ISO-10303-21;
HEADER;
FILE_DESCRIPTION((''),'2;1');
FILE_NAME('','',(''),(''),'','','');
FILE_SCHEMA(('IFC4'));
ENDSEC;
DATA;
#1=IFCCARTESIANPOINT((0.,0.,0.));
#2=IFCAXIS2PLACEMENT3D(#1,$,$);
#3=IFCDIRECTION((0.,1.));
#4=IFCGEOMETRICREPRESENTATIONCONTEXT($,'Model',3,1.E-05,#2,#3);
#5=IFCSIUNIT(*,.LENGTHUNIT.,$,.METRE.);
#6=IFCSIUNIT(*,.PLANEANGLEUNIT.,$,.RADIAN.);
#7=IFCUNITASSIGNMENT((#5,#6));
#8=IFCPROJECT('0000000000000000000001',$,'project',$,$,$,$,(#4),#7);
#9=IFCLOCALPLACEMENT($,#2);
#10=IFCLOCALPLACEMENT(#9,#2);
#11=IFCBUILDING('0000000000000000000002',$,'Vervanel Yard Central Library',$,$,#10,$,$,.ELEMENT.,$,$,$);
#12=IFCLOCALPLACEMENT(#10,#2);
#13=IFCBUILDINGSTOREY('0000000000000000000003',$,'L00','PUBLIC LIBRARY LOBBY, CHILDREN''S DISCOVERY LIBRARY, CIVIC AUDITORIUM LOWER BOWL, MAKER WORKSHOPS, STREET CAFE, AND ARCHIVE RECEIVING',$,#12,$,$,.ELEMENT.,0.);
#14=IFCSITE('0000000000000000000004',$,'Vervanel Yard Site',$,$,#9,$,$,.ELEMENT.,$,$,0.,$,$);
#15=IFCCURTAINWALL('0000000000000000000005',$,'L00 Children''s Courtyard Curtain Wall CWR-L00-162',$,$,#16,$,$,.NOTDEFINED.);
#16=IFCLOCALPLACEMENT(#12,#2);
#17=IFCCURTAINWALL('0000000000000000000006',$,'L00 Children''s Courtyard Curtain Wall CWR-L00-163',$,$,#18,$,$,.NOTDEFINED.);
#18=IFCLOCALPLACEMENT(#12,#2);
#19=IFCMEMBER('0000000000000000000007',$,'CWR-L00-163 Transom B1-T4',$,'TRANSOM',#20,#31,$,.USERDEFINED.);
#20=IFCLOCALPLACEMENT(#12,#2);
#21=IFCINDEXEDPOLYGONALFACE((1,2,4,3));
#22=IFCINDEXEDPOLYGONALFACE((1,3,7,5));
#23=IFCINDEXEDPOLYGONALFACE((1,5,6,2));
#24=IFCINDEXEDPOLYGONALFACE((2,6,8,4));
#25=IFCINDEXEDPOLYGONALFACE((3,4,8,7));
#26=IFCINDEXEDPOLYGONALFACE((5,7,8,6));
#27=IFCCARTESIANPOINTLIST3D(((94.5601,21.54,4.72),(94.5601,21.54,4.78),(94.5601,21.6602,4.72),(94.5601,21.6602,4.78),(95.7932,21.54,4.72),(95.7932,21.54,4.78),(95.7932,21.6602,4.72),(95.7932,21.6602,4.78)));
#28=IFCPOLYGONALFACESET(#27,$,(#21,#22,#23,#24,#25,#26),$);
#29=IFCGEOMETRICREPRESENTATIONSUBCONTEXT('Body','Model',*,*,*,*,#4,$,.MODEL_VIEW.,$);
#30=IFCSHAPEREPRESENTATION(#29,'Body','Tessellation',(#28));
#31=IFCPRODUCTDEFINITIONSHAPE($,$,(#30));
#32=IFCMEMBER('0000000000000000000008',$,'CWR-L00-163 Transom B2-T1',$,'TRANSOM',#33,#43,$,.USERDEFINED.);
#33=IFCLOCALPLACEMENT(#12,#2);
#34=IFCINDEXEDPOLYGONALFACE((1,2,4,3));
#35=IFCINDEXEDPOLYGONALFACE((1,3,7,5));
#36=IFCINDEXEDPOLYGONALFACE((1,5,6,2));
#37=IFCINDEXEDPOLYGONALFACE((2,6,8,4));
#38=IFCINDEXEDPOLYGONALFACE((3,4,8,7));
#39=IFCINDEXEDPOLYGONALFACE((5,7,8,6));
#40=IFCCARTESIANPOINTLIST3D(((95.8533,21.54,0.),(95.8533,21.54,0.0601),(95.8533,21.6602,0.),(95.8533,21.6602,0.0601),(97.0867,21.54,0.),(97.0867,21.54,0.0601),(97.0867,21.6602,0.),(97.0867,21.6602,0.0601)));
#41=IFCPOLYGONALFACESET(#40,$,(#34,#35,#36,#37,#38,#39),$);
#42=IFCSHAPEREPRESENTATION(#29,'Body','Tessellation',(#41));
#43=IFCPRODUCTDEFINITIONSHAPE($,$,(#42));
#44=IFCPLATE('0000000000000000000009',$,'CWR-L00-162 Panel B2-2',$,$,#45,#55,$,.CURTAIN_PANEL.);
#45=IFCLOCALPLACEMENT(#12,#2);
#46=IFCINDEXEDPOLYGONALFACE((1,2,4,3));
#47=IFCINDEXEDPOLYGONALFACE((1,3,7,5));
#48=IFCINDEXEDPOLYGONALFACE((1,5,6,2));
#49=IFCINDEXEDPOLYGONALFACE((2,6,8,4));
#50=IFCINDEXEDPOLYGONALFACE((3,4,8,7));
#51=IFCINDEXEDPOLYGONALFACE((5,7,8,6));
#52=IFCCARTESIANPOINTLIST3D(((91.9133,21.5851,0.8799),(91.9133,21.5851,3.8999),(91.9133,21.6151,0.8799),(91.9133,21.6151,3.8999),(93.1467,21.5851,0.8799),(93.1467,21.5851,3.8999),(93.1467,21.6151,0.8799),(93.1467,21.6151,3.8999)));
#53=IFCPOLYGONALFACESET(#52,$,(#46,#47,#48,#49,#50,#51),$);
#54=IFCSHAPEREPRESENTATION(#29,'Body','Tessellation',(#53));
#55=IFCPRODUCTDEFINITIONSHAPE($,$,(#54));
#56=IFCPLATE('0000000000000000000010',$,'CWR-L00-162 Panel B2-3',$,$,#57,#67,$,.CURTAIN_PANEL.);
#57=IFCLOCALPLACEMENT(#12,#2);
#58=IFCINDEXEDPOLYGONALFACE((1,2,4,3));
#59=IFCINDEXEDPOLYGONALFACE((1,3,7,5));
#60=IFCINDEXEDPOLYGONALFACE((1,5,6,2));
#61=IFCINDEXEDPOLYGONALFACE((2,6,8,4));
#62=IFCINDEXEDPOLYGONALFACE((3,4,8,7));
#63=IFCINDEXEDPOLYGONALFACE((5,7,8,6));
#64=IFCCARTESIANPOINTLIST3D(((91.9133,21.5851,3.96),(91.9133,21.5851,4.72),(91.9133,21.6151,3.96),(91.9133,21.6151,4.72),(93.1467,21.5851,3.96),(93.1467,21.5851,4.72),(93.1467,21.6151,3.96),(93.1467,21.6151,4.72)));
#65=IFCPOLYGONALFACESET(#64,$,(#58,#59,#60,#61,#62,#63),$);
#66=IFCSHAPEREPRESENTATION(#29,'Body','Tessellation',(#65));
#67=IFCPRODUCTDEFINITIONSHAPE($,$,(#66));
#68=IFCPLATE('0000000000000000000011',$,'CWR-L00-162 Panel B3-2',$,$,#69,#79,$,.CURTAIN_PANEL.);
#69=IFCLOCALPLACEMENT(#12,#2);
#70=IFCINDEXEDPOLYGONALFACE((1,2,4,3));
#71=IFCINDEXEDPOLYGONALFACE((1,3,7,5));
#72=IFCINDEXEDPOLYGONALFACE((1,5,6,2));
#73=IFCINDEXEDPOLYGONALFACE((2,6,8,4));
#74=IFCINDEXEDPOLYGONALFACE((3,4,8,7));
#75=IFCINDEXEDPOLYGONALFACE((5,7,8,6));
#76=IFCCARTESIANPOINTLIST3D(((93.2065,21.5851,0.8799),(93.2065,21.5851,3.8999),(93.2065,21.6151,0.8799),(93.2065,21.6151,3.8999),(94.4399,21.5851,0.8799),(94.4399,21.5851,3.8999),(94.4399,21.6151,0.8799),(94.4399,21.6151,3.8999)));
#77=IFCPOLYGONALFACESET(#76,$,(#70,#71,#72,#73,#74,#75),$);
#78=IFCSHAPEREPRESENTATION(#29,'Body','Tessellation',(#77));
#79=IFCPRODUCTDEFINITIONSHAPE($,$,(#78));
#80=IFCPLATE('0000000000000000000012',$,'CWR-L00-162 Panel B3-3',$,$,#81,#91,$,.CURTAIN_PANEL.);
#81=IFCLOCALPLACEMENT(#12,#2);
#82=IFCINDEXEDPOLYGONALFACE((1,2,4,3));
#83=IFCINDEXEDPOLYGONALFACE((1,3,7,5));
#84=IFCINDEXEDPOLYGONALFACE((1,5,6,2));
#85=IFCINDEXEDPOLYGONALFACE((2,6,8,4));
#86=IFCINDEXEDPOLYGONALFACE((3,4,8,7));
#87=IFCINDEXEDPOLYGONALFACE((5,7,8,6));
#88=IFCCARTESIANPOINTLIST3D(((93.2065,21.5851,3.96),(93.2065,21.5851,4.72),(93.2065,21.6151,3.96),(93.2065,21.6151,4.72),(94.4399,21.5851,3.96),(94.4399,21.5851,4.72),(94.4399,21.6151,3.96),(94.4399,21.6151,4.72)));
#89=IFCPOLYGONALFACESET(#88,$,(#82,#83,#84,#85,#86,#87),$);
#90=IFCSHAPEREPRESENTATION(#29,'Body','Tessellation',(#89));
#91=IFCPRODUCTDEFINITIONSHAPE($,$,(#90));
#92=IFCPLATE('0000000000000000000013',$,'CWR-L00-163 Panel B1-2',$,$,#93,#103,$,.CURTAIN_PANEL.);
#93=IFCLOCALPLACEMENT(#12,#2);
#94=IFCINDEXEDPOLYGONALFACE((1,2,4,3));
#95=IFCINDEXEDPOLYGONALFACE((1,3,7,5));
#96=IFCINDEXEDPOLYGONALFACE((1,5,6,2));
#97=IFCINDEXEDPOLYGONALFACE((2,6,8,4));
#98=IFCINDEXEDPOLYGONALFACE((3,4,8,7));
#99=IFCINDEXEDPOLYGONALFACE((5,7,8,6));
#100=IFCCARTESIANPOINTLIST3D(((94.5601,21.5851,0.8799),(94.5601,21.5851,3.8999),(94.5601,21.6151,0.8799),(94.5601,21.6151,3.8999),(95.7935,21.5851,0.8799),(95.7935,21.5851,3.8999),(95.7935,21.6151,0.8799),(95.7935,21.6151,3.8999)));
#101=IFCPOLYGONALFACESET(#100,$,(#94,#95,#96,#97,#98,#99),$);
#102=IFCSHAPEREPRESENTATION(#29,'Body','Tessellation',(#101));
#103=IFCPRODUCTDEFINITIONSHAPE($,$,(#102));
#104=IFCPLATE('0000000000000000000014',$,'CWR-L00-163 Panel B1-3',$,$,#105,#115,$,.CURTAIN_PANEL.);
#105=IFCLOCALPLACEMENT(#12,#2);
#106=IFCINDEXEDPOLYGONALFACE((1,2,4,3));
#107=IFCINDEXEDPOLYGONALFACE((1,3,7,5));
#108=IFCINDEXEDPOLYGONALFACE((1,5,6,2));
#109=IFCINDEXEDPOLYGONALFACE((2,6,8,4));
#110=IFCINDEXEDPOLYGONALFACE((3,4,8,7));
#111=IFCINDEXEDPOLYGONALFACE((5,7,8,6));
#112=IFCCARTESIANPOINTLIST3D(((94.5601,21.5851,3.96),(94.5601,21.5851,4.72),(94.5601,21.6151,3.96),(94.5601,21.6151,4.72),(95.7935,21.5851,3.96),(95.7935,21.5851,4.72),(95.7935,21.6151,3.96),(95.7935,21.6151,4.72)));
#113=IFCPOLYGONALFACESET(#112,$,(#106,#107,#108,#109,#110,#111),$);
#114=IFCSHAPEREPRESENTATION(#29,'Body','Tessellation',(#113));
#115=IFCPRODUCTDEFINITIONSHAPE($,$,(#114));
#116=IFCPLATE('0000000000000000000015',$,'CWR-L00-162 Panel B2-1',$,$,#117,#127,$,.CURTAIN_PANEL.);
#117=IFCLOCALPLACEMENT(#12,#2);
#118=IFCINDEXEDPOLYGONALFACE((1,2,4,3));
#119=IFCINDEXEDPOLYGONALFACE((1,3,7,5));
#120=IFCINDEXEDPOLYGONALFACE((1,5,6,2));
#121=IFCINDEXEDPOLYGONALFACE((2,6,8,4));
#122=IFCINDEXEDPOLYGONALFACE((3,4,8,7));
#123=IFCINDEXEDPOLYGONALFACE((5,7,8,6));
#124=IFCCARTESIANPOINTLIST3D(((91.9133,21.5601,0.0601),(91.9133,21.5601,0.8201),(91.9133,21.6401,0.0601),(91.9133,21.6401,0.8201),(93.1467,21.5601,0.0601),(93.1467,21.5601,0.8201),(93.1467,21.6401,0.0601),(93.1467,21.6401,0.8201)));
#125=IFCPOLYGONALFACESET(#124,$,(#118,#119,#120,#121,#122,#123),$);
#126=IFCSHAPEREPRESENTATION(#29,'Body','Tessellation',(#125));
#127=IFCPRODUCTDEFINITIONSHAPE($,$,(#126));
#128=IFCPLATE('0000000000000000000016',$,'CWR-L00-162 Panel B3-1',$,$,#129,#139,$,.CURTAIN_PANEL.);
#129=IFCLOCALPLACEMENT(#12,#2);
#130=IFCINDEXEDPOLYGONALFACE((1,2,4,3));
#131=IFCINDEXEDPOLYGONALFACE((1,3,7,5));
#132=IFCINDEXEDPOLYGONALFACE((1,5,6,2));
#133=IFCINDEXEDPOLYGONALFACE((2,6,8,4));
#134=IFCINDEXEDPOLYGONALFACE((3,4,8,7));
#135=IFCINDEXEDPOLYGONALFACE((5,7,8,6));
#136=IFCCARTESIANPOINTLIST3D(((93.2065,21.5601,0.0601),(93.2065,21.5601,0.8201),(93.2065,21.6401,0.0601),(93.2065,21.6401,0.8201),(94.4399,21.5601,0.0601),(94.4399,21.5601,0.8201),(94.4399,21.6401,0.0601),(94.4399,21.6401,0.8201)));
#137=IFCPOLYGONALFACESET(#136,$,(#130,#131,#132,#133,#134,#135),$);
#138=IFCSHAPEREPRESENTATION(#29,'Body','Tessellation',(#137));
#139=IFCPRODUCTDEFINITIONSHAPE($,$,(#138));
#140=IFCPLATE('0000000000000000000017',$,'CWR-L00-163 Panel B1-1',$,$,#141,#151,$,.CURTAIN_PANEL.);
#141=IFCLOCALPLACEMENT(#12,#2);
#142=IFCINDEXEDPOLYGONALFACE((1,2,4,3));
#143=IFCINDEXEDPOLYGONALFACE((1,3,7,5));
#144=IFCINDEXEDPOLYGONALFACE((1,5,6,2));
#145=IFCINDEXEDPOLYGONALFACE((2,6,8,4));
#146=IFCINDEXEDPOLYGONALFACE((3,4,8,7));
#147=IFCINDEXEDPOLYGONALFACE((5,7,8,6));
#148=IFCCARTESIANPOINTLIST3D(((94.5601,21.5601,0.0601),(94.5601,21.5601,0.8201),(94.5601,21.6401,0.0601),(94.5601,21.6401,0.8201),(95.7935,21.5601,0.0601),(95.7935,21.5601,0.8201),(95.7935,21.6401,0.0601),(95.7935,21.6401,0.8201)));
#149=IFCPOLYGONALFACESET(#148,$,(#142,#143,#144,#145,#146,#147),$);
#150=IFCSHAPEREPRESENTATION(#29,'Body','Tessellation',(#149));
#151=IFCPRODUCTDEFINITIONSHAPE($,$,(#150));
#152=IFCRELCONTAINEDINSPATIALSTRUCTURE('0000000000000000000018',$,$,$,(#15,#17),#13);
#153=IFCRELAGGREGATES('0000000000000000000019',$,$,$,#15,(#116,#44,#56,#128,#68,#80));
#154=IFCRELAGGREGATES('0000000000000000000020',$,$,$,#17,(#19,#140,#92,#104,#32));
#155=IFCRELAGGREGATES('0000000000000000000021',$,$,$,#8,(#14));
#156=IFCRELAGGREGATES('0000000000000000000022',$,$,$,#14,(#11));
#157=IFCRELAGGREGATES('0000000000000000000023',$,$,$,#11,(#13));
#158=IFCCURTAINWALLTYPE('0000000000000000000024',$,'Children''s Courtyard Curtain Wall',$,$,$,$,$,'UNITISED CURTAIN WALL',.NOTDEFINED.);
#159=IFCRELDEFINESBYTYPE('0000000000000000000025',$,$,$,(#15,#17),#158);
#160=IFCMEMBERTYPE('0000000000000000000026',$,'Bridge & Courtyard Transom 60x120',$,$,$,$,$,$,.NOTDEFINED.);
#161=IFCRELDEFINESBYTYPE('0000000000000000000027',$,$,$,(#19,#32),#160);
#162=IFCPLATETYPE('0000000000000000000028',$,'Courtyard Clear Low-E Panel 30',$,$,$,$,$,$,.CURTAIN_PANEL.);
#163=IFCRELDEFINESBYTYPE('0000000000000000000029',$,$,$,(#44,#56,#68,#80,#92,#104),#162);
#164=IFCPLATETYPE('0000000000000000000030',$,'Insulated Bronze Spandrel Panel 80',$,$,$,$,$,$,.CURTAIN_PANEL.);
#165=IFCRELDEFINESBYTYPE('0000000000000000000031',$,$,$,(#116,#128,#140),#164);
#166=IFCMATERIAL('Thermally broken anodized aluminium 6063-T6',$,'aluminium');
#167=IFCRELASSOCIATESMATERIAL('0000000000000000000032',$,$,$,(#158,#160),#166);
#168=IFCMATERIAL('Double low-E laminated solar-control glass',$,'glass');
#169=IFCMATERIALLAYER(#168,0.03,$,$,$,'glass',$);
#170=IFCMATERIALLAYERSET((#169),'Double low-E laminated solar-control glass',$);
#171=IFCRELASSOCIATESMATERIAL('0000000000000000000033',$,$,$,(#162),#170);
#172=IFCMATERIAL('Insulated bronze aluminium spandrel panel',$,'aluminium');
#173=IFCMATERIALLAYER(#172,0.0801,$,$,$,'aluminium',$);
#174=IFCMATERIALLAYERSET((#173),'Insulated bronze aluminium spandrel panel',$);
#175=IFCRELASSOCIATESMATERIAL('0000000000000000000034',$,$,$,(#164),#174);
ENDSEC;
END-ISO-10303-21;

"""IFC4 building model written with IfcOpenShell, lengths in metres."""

from ifc_helpers import new_model, si_unit, direction, frame, origin, origin_2d, place, context, subcontext, project, spatial, rectangle, extrude, material, layer, layer_set, material_profile, profile_set, type_object, element, aggregate, save


model = new_model("IFC4")

# Units and contexts
model_context = context("Model", 3, precision=1e-05, world=origin(), true_north=direction((0.0, 1.0)))
body_context = subcontext(model_context, "Body", "Model", "MODEL_VIEW")
ifc_project = project(units=[si_unit("LENGTHUNIT", "METRE"), si_unit("PLANEANGLEUNIT", "RADIAN")], contexts=[model_context])

# Site, building, storey
site_placement = place(None, origin())
site = spatial("IfcSite", under=ifc_project, at=site_placement, Name="Vervanel Yard Site", CompositionType="ELEMENT", RefElevation=0.0)
building_placement = place(site_placement, origin())
building = spatial("IfcBuilding", under=site, at=building_placement, Name="Vervanel Yard Central Library", CompositionType="ELEMENT")
storey_placement = place(building_placement, origin())
storey = spatial("IfcBuildingStorey", under=building, at=storey_placement, Name="L00", Description="PUBLIC LIBRARY LOBBY, CHILDREN'S DISCOVERY LIBRARY, CIVIC AUDITORIUM LOWER BOWL, MAKER WORKSHOPS, STREET CAFE, AND ARCHIVE RECEIVING", CompositionType="ELEMENT", Elevation=0.0)

# Curtain walls
ifc_material_1 = material(Name="Thermally broken anodized aluminium 6063-T6", Category="aluminium")
curtain_wall_type = type_object("IfcCurtainWallType", Name="Children's Courtyard Curtain Wall", ElementType="UNITISED CURTAIN WALL", PredefinedType="NOTDEFINED", material=ifc_material_1)
curtain_wall_1_placement = place(storey_placement, origin())
curtain_wall_1 = element("IfcCurtainWall", 1, at=curtain_wall_1_placement, inside=storey, type_object=curtain_wall_type, Name="L00 Children's Courtyard Curtain Wall CWR-L00-162", PredefinedType="NOTDEFINED")
curtain_wall_2_placement = place(storey_placement, origin())
curtain_wall_2 = element("IfcCurtainWall", 2, at=curtain_wall_2_placement, inside=storey, type_object=curtain_wall_type, Name="L00 Children's Courtyard Curtain Wall CWR-L00-163", PredefinedType="NOTDEFINED")

# Members
ifc_material_profile_1 = material_profile(ifc_material_1, rectangle(XDim=0.0601, YDim=0.1201, at=origin_2d()), Name="ALU 60x120", Category="aluminium")
ifc_profile_set_1 = profile_set([ifc_material_profile_1], Name="Thermally broken anodized aluminium 6063-T6")
member_type_1 = type_object("IfcMemberType", Name="Bridge & Courtyard Transom 60x120", PredefinedType="NOTDEFINED", material=ifc_profile_set_1)
member_1_placement = place(storey_placement, frame((94.5601, 21.6001, 4.75), z_axis=(1.0, 0.0, 0.0), x_axis=(0.0, 0.0, 1.0)))
member_1 = element("IfcMember", 3, at=member_1_placement, type_object=member_type_1, Name="CWR-L00-163 Transom B1-T4", ObjectType="TRANSOM", PredefinedType="USERDEFINED", context=body_context, shape_type="SweptSolid", body=[
    extrude(rectangle(XDim=0.0601, YDim=0.1201, at=origin_2d()), origin(), (0.0, 0.0, 1.0), 1.2332),
])
member_2_placement = place(storey_placement, frame((95.8533, 21.6001, 0.03), z_axis=(1.0, 0.0, 0.0), x_axis=(0.0, 0.0, 1.0)))
member_2 = element("IfcMember", 4, at=member_2_placement, type_object=member_type_1, Name="CWR-L00-163 Transom B2-T1", ObjectType="TRANSOM", PredefinedType="USERDEFINED", context=body_context, shape_type="SweptSolid", body=[
    extrude(rectangle(XDim=0.0601, YDim=0.1201, at=origin_2d()), origin(), (0.0, 0.0, 1.0), 1.2334),
])

# Plates
ifc_material_2 = material(Name="Double low-E laminated solar-control glass", Category="glass")
ifc_layer_1 = layer(ifc_material_2, 0.03, Category="glass")
ifc_layer_set_1 = layer_set([ifc_layer_1], Name="Double low-E laminated solar-control glass")
plate_type_1 = type_object("IfcPlateType", Name="Courtyard Clear Low-E Panel 30", PredefinedType="CURTAIN_PANEL", material=ifc_layer_set_1)
plate_1_placement = place(storey_placement, frame((92.53, 21.6001, 0.8799), z_axis=(0.0, 0.0, 1.0), x_axis=(1.0, 0.0, 0.0)))
plate_1 = element("IfcPlate", 5, at=plate_1_placement, type_object=plate_type_1, Name="CWR-L00-162 Panel B2-2", PredefinedType="CURTAIN_PANEL", context=body_context, shape_type="SweptSolid", body=[
    extrude(rectangle(XDim=1.2334, YDim=0.03, at=origin_2d()), origin(), (0.0, 0.0, 1.0), 3.02),
])
plate_2_placement = place(storey_placement, frame((92.53, 21.6001, 3.96), z_axis=(0.0, 0.0, 1.0), x_axis=(1.0, 0.0, 0.0)))
plate_2 = element("IfcPlate", 6, at=plate_2_placement, type_object=plate_type_1, Name="CWR-L00-162 Panel B2-3", PredefinedType="CURTAIN_PANEL", context=body_context, shape_type="SweptSolid", body=[
    extrude(rectangle(XDim=1.2334, YDim=0.03, at=origin_2d()), origin(), (0.0, 0.0, 1.0), 0.76),
])
plate_3_placement = place(storey_placement, frame((93.8232, 21.6001, 0.8799), z_axis=(0.0, 0.0, 1.0), x_axis=(1.0, 0.0, 0.0)))
plate_3 = element("IfcPlate", 7, at=plate_3_placement, type_object=plate_type_1, Name="CWR-L00-162 Panel B3-2", PredefinedType="CURTAIN_PANEL", context=body_context, shape_type="SweptSolid", body=[
    extrude(rectangle(XDim=1.2334, YDim=0.03, at=origin_2d()), origin(), (0.0, 0.0, 1.0), 3.02),
])
plate_4_placement = place(storey_placement, frame((93.8232, 21.6001, 3.96), z_axis=(0.0, 0.0, 1.0), x_axis=(1.0, 0.0, 0.0)))
plate_4 = element("IfcPlate", 8, at=plate_4_placement, type_object=plate_type_1, Name="CWR-L00-162 Panel B3-3", PredefinedType="CURTAIN_PANEL", context=body_context, shape_type="SweptSolid", body=[
    extrude(rectangle(XDim=1.2334, YDim=0.03, at=origin_2d()), origin(), (0.0, 0.0, 1.0), 0.76),
])
plate_5_placement = place(storey_placement, frame((95.1768, 21.6001, 0.8799), z_axis=(0.0, 0.0, 1.0), x_axis=(1.0, 0.0, 0.0)))
plate_5 = element("IfcPlate", 9, at=plate_5_placement, type_object=plate_type_1, Name="CWR-L00-163 Panel B1-2", PredefinedType="CURTAIN_PANEL", context=body_context, shape_type="SweptSolid", body=[
    extrude(rectangle(XDim=1.2334, YDim=0.03, at=origin_2d()), origin(), (0.0, 0.0, 1.0), 3.02),
])
plate_6_placement = place(storey_placement, frame((95.1768, 21.6001, 3.96), z_axis=(0.0, 0.0, 1.0), x_axis=(1.0, 0.0, 0.0)))
plate_6 = element("IfcPlate", 10, at=plate_6_placement, type_object=plate_type_1, Name="CWR-L00-163 Panel B1-3", PredefinedType="CURTAIN_PANEL", context=body_context, shape_type="SweptSolid", body=[
    extrude(rectangle(XDim=1.2334, YDim=0.03, at=origin_2d()), origin(), (0.0, 0.0, 1.0), 0.76),
])
ifc_material_3 = material(Name="Insulated bronze aluminium spandrel panel", Category="aluminium")
ifc_layer_2 = layer(ifc_material_3, 0.0801, Category="aluminium")
ifc_layer_set_2 = layer_set([ifc_layer_2], Name="Insulated bronze aluminium spandrel panel")
plate_type_2 = type_object("IfcPlateType", Name="Insulated Bronze Spandrel Panel 80", PredefinedType="CURTAIN_PANEL", material=ifc_layer_set_2)
plate_7_placement = place(storey_placement, frame((92.53, 21.6001, 0.0601), z_axis=(0.0, 0.0, 1.0), x_axis=(1.0, 0.0, 0.0)))
plate_7 = element("IfcPlate", 11, at=plate_7_placement, type_object=plate_type_2, Name="CWR-L00-162 Panel B2-1", PredefinedType="CURTAIN_PANEL", context=body_context, shape_type="SweptSolid", body=[
    extrude(rectangle(XDim=1.2334, YDim=0.0801, at=origin_2d()), origin(), (0.0, 0.0, 1.0), 0.76),
])
plate_8_placement = place(storey_placement, frame((93.8232, 21.6001, 0.0601), z_axis=(0.0, 0.0, 1.0), x_axis=(1.0, 0.0, 0.0)))
plate_8 = element("IfcPlate", 12, at=plate_8_placement, type_object=plate_type_2, Name="CWR-L00-162 Panel B3-1", PredefinedType="CURTAIN_PANEL", context=body_context, shape_type="SweptSolid", body=[
    extrude(rectangle(XDim=1.2334, YDim=0.0801, at=origin_2d()), origin(), (0.0, 0.0, 1.0), 0.76),
])
aggregate(curtain_wall_1, [plate_7, plate_1, plate_2, plate_8, plate_3, plate_4])
plate_9_placement = place(storey_placement, frame((95.1768, 21.6001, 0.0601), z_axis=(0.0, 0.0, 1.0), x_axis=(1.0, 0.0, 0.0)))
plate_9 = element("IfcPlate", 13, at=plate_9_placement, type_object=plate_type_2, Name="CWR-L00-163 Panel B1-1", PredefinedType="CURTAIN_PANEL", context=body_context, shape_type="SweptSolid", body=[
    extrude(rectangle(XDim=1.2334, YDim=0.0801, at=origin_2d()), origin(), (0.0, 0.0, 1.0), 0.76),
])
aggregate(curtain_wall_2, [member_1, plate_9, plate_5, plate_6, member_2])

save(model, "model.ifc")
